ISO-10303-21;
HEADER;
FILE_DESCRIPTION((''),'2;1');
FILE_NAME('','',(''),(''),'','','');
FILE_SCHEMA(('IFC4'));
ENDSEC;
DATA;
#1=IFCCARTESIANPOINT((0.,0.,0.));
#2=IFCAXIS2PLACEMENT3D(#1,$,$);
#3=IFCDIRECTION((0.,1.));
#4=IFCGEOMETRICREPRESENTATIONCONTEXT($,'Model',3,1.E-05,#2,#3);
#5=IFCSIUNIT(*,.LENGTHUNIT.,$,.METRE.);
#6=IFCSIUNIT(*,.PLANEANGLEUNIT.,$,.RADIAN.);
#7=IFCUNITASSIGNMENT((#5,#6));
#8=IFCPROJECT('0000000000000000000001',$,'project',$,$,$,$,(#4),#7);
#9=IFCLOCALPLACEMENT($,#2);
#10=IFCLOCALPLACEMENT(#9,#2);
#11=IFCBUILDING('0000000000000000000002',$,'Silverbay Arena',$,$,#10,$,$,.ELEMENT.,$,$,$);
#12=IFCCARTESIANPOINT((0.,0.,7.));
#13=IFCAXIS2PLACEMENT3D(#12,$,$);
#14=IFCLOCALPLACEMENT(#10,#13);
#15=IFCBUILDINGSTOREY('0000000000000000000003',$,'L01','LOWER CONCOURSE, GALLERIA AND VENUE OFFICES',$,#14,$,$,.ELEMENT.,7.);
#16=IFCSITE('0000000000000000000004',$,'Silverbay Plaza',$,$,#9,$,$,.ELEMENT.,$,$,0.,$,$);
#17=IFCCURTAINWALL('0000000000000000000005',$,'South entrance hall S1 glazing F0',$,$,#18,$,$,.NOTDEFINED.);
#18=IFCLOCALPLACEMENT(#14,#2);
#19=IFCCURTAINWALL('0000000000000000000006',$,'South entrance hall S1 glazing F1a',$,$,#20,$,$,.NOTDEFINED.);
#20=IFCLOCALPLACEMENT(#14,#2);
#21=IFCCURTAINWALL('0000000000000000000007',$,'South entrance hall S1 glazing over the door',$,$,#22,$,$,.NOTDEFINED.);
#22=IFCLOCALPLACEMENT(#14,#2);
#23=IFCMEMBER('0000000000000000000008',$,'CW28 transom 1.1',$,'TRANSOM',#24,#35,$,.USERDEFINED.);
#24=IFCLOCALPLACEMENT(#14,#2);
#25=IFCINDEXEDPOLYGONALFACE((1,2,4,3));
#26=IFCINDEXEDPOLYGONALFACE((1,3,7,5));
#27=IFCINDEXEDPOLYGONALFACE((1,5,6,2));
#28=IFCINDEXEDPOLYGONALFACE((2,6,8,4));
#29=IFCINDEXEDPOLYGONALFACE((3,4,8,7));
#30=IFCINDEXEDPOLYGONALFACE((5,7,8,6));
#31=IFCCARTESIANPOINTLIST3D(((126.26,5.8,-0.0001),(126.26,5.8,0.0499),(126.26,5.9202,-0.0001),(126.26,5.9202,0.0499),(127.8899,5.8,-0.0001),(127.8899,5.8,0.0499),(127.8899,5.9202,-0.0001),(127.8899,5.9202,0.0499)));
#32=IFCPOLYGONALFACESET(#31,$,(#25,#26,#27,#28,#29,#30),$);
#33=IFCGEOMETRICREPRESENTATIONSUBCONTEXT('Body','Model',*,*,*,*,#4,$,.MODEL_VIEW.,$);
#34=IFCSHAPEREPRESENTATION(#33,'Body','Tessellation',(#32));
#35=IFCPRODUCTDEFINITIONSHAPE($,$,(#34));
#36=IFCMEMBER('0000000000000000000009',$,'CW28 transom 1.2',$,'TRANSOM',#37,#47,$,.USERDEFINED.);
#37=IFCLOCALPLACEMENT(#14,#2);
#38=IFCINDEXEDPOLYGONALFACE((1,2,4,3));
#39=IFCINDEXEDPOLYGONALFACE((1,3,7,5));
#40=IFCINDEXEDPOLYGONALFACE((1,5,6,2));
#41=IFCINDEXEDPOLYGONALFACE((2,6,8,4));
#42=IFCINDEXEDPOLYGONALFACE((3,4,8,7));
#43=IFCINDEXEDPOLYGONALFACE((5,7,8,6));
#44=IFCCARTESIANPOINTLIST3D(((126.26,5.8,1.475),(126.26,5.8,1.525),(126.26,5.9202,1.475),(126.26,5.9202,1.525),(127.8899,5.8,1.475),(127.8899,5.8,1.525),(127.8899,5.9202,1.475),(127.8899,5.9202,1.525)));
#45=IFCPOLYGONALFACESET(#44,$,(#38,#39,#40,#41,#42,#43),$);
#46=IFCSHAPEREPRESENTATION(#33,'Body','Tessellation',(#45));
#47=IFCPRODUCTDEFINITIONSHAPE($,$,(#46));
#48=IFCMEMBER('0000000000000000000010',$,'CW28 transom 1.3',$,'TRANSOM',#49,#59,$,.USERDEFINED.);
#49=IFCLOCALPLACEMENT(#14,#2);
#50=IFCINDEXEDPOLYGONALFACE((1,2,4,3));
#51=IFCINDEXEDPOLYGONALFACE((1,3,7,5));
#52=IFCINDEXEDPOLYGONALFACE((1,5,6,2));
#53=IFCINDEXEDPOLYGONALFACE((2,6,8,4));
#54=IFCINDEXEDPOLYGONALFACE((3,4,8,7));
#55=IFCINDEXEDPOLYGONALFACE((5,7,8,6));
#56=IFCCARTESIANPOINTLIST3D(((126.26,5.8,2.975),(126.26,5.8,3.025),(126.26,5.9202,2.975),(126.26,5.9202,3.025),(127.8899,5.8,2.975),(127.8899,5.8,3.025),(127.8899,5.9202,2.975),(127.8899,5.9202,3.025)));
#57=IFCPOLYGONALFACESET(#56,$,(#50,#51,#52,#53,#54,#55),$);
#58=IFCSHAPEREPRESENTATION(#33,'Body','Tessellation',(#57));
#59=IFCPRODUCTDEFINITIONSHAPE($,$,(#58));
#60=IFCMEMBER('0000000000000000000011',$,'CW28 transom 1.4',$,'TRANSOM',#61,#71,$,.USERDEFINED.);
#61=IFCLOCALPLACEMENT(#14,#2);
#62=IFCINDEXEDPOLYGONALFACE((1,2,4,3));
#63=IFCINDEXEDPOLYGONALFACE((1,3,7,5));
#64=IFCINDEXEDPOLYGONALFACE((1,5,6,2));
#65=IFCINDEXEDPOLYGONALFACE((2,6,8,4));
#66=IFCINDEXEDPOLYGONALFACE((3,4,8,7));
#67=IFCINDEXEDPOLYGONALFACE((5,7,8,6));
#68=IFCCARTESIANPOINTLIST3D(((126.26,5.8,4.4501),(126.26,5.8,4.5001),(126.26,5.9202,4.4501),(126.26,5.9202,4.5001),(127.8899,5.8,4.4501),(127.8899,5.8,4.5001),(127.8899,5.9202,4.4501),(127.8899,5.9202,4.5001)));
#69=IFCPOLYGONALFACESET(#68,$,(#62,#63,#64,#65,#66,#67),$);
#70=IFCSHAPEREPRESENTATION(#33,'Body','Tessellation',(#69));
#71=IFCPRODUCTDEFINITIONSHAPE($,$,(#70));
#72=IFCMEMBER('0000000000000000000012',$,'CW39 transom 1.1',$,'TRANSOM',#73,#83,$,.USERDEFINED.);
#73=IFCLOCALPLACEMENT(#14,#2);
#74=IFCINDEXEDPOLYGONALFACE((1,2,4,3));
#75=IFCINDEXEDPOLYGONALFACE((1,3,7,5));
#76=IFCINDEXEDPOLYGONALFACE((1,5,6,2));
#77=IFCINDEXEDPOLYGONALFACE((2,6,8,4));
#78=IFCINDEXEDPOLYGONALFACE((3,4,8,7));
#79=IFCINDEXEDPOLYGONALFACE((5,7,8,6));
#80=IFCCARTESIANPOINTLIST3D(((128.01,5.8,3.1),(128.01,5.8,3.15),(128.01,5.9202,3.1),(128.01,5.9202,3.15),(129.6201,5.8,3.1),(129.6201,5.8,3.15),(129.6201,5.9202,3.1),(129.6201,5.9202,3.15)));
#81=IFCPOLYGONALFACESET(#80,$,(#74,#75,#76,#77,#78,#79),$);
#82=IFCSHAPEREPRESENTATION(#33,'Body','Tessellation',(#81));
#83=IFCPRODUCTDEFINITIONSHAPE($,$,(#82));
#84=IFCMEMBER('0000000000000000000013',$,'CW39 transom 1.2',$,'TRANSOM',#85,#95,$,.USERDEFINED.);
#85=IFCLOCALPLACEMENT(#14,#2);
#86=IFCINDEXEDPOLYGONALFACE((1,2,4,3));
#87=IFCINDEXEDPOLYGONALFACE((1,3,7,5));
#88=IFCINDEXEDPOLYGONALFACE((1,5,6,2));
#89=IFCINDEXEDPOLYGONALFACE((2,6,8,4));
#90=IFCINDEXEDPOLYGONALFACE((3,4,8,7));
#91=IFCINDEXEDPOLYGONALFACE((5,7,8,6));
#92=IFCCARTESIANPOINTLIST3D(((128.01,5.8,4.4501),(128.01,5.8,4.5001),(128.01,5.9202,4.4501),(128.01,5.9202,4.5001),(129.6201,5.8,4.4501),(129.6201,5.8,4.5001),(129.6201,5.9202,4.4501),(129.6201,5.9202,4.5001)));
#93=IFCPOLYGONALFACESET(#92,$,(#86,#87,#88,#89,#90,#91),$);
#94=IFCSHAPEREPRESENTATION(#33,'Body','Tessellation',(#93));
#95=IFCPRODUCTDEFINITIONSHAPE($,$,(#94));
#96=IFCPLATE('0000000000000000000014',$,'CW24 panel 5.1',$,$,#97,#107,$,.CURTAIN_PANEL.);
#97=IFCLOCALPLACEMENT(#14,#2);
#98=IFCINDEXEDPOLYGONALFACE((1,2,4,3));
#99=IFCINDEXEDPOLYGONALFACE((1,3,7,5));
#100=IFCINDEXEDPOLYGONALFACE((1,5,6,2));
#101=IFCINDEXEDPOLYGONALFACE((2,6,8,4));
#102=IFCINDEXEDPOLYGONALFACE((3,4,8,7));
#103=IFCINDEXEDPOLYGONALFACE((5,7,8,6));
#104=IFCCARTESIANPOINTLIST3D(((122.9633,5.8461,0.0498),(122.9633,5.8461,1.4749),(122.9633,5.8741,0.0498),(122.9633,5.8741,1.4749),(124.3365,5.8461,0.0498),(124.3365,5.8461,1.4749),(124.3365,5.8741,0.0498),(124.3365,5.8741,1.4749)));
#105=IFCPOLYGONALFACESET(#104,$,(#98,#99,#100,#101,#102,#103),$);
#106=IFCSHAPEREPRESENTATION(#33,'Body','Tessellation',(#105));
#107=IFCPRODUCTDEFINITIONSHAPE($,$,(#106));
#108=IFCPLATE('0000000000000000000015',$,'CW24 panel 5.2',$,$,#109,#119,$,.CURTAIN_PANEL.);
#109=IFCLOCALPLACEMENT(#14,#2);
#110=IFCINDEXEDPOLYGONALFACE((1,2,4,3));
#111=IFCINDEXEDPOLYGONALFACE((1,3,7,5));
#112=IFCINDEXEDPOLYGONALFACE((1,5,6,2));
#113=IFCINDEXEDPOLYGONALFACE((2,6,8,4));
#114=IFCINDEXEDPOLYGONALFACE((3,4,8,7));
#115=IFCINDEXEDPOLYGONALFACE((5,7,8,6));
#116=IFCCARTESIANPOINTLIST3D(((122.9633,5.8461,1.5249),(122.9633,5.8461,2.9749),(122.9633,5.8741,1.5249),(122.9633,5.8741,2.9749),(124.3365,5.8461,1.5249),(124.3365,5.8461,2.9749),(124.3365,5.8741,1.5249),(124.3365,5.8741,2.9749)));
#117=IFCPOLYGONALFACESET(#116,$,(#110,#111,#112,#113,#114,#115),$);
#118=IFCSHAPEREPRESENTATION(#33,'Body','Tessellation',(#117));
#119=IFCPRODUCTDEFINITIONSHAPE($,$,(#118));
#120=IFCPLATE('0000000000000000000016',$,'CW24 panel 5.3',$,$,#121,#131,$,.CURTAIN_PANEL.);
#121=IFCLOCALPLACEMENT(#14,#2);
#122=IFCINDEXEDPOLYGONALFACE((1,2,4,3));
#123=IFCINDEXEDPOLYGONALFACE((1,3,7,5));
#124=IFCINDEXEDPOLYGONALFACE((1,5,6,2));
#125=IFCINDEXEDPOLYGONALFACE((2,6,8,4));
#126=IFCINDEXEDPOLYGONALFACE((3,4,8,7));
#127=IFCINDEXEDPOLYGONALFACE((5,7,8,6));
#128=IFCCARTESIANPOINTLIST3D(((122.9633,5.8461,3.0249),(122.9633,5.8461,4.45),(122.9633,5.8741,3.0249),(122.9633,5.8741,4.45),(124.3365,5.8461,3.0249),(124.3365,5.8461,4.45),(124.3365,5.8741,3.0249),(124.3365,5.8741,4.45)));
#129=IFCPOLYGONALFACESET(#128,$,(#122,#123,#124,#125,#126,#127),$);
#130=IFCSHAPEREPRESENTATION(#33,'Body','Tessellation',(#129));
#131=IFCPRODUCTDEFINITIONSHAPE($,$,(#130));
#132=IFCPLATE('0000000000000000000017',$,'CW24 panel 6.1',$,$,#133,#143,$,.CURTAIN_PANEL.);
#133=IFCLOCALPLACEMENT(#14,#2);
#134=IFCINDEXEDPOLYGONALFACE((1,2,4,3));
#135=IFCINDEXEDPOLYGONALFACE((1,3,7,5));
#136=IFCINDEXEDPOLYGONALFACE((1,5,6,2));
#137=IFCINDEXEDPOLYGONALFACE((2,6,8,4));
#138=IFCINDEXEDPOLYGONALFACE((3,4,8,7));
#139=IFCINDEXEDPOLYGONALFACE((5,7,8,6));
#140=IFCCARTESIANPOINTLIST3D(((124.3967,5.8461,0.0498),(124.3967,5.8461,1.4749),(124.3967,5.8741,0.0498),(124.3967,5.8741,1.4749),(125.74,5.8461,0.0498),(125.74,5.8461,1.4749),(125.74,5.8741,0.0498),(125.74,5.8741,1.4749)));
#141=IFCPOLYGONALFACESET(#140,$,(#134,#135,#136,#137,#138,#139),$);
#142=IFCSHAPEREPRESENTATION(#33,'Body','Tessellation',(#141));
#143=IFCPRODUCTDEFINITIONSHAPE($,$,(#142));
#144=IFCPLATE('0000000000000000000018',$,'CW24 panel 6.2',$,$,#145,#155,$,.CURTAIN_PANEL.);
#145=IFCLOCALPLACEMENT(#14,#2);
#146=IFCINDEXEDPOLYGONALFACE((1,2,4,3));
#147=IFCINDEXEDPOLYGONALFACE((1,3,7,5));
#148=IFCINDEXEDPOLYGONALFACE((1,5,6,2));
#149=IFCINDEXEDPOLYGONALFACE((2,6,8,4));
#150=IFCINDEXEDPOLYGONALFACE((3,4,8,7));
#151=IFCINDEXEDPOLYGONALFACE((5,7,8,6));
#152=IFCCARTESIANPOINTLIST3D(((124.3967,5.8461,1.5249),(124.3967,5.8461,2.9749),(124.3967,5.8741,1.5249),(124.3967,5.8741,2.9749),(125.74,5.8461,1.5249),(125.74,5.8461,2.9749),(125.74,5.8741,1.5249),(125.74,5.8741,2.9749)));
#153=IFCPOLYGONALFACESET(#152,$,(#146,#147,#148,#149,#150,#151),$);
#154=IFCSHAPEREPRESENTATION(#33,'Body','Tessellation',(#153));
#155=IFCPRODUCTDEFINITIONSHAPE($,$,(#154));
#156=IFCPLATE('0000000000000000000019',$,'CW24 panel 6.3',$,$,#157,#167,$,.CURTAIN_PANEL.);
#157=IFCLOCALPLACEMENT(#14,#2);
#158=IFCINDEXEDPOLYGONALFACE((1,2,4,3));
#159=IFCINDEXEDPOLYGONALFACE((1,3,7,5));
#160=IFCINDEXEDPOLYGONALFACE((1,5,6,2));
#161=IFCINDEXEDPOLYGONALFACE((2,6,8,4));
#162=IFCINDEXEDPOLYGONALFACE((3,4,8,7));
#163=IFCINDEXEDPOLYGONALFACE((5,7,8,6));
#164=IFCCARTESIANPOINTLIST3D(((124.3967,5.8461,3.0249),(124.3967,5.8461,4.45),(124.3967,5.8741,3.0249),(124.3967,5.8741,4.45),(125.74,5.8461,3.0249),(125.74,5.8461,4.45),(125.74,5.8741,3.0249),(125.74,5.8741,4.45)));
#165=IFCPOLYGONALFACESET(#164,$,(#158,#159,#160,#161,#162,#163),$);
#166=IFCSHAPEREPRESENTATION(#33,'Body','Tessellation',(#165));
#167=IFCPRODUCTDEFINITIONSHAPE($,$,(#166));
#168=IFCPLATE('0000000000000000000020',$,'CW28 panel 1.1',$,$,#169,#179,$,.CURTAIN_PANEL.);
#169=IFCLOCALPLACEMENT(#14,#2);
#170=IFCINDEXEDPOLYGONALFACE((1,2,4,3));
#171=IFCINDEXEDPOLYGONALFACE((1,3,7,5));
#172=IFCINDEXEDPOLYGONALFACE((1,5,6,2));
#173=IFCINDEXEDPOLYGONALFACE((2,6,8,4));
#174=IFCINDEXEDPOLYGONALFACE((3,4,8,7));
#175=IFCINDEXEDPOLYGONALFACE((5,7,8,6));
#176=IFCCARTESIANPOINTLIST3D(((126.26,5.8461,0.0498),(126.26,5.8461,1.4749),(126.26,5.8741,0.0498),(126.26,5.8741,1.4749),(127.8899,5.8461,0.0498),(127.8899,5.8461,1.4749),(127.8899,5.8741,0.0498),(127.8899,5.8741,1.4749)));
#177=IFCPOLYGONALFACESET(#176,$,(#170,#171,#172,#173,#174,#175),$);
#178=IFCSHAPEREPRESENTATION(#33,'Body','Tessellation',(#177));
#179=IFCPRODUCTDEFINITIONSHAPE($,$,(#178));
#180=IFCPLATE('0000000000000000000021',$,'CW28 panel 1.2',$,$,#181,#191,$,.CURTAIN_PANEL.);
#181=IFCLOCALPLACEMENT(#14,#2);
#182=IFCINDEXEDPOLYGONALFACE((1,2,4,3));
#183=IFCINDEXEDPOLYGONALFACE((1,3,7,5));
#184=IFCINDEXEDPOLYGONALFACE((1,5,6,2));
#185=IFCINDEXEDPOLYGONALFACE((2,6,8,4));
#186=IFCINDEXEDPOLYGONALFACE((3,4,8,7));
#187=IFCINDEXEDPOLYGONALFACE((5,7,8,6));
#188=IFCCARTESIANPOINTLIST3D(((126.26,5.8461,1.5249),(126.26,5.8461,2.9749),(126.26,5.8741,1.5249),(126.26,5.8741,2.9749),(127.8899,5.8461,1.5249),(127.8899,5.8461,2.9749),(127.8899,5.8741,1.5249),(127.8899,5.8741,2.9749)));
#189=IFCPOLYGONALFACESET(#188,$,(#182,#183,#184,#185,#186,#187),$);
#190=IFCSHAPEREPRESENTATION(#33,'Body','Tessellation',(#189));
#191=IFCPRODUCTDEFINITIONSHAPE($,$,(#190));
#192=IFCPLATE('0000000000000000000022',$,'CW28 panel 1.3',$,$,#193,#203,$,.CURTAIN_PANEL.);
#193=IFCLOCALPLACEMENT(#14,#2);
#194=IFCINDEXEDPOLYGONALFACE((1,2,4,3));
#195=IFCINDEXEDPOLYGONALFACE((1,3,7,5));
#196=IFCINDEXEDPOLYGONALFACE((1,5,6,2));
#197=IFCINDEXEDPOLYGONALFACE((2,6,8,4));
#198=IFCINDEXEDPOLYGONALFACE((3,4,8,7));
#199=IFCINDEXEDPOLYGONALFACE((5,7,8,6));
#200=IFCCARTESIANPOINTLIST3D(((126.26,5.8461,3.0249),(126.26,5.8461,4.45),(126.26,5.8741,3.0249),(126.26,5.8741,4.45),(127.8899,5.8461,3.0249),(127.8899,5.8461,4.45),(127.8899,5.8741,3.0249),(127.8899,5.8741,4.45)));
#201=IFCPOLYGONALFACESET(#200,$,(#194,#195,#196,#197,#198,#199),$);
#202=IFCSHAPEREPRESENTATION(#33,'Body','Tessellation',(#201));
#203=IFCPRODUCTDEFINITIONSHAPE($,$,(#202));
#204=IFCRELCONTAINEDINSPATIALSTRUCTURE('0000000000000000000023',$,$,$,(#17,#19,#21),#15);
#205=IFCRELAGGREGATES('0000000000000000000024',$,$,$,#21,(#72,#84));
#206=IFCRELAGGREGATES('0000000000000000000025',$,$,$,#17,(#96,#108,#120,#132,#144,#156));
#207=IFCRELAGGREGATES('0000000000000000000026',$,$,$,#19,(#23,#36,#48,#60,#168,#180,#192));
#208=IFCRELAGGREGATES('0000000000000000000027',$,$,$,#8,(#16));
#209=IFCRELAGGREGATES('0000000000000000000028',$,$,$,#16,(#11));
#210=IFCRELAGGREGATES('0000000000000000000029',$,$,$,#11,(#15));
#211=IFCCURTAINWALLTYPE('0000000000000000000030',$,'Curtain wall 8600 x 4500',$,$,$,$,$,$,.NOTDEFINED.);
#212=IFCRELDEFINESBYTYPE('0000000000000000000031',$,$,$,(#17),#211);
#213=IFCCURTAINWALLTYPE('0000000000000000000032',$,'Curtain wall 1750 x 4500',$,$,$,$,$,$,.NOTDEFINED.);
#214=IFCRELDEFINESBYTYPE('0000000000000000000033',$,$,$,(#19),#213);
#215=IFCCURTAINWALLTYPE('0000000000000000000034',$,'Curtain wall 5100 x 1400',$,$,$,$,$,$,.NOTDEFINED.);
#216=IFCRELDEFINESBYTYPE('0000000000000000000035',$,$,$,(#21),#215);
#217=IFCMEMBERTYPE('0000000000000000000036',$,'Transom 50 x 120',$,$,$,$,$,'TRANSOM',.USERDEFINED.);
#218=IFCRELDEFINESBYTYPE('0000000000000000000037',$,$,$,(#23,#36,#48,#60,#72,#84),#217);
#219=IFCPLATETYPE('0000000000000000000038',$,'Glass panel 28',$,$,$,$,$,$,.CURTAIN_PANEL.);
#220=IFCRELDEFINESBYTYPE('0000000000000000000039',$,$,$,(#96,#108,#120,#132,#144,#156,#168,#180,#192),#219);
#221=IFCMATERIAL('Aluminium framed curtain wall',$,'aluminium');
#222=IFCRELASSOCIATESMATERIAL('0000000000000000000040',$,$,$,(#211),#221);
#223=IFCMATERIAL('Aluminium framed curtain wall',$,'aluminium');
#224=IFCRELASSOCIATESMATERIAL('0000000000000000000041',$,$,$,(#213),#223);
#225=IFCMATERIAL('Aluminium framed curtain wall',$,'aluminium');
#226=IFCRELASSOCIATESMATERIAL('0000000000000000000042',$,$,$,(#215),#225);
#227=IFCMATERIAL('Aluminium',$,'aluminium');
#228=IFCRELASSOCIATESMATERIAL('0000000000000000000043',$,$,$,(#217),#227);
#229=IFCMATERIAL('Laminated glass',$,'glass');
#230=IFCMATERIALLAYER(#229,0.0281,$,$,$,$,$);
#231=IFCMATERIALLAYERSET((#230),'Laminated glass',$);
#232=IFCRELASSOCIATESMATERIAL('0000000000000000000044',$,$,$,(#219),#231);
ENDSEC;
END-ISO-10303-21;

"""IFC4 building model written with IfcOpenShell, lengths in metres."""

from ifc_helpers import new_model, si_unit, direction, frame, origin, origin_2d, place, context, subcontext, project, spatial, rectangle, extrude, material, layer, layer_set, material_profile, profile_set, type_object, element, aggregate, save


model = new_model("IFC4")

# Units and contexts
model_context = context("Model", 3, precision=1e-05, world=origin(), true_north=direction((0.0, 1.0)))
body_context = subcontext(model_context, "Body", "Model", "MODEL_VIEW")
ifc_project = project(units=[si_unit("LENGTHUNIT", "METRE"), si_unit("PLANEANGLEUNIT", "RADIAN")], contexts=[model_context])

# Site, building, storey
site_placement = place(None, origin())
site = spatial("IfcSite", under=ifc_project, at=site_placement, Name="Silverbay Plaza", CompositionType="ELEMENT", RefElevation=0.0)
building_placement = place(site_placement, origin())
building = spatial("IfcBuilding", under=site, at=building_placement, Name="Silverbay Arena", CompositionType="ELEMENT")
storey_placement = place(building_placement, frame((0.0, 0.0, 7.0)))
storey = spatial("IfcBuildingStorey", under=building, at=storey_placement, Name="L01", Description="LOWER CONCOURSE, GALLERIA AND VENUE OFFICES", CompositionType="ELEMENT", Elevation=7.0)

# Curtain walls
ifc_material_1 = material(Name="Aluminium framed curtain wall", Category="aluminium")
curtain_wall_type_1 = type_object("IfcCurtainWallType", Name="Curtain wall 8600 x 4500", PredefinedType="NOTDEFINED", material=ifc_material_1)
curtain_wall_1_placement = place(storey_placement, origin())
curtain_wall_1 = element("IfcCurtainWall", 1, at=curtain_wall_1_placement, inside=storey, type_object=curtain_wall_type_1, Name="South entrance hall S1 glazing F0", PredefinedType="NOTDEFINED")
ifc_material_2 = material(Name="Aluminium framed curtain wall", Category="aluminium")
curtain_wall_type_2 = type_object("IfcCurtainWallType", Name="Curtain wall 1750 x 4500", PredefinedType="NOTDEFINED", material=ifc_material_2)
curtain_wall_2_placement = place(storey_placement, origin())
curtain_wall_2 = element("IfcCurtainWall", 2, at=curtain_wall_2_placement, inside=storey, type_object=curtain_wall_type_2, Name="South entrance hall S1 glazing F1a", PredefinedType="NOTDEFINED")

# Curtain wall
ifc_material_3 = material(Name="Aluminium framed curtain wall", Category="aluminium")
curtain_wall_type_3 = type_object("IfcCurtainWallType", Name="Curtain wall 5100 x 1400", PredefinedType="NOTDEFINED", material=ifc_material_3)
curtain_wall_3_placement = place(storey_placement, origin())
curtain_wall_3 = element("IfcCurtainWall", 3, at=curtain_wall_3_placement, inside=storey, type_object=curtain_wall_type_3, Name="South entrance hall S1 glazing over the door", PredefinedType="NOTDEFINED")

# Members
ifc_material_4 = material(Name="Aluminium", Category="aluminium")
ifc_material_profile_1 = material_profile(ifc_material_4, rectangle(XDim=0.1201, YDim=0.05, at=origin_2d()), Name="Transom 50 x 120")
ifc_profile_set_1 = profile_set([ifc_material_profile_1], Name="Aluminium")
member_type_1 = type_object("IfcMemberType", Name="Transom 50 x 120", ElementType="TRANSOM", PredefinedType="USERDEFINED", material=ifc_profile_set_1)
member_1_placement = place(storey_placement, frame((126.26, 5.8601, 0.0249), z_axis=(1.0, 0.0, 0.0), x_axis=(0.0, 1.0, 0.0)))
member_1 = element("IfcMember", 4, at=member_1_placement, type_object=member_type_1, Name="CW28 transom 1.1", ObjectType="TRANSOM", PredefinedType="USERDEFINED", context=body_context, shape_type="SweptSolid", body=[
    extrude(rectangle(XDim=0.1201, YDim=0.05, at=origin_2d()), origin(), (0.0, 0.0, 1.0), 1.6299),
])
member_2_placement = place(storey_placement, frame((126.26, 5.8601, 1.5), z_axis=(1.0, 0.0, 0.0), x_axis=(0.0, 1.0, 0.0)))
member_2 = element("IfcMember", 5, at=member_2_placement, type_object=member_type_1, Name="CW28 transom 1.2", ObjectType="TRANSOM", PredefinedType="USERDEFINED", context=body_context, shape_type="SweptSolid", body=[
    extrude(rectangle(XDim=0.1201, YDim=0.05, at=origin_2d()), origin(), (0.0, 0.0, 1.0), 1.6299),
])
member_3_placement = place(storey_placement, frame((126.26, 5.8601, 3.0), z_axis=(1.0, 0.0, 0.0), x_axis=(0.0, 1.0, 0.0)))
member_3 = element("IfcMember", 6, at=member_3_placement, type_object=member_type_1, Name="CW28 transom 1.3", ObjectType="TRANSOM", PredefinedType="USERDEFINED", context=body_context, shape_type="SweptSolid", body=[
    extrude(rectangle(XDim=0.1201, YDim=0.05, at=origin_2d()), origin(), (0.0, 0.0, 1.0), 1.6299),
])
member_4_placement = place(storey_placement, frame((126.26, 5.8601, 4.4751), z_axis=(1.0, 0.0, 0.0), x_axis=(0.0, 1.0, 0.0)))
member_4 = element("IfcMember", 7, at=member_4_placement, type_object=member_type_1, Name="CW28 transom 1.4", ObjectType="TRANSOM", PredefinedType="USERDEFINED", context=body_context, shape_type="SweptSolid", body=[
    extrude(rectangle(XDim=0.1201, YDim=0.05, at=origin_2d()), origin(), (0.0, 0.0, 1.0), 1.6299),
])
member_5_placement = place(storey_placement, frame((128.01, 5.8601, 3.125), z_axis=(1.0, 0.0, 0.0), x_axis=(0.0, 1.0, 0.0)))
member_5 = element("IfcMember", 8, at=member_5_placement, type_object=member_type_1, Name="CW39 transom 1.1", ObjectType="TRANSOM", PredefinedType="USERDEFINED", context=body_context, shape_type="SweptSolid", body=[
    extrude(rectangle(XDim=0.1201, YDim=0.05, at=origin_2d()), origin(), (0.0, 0.0, 1.0), 1.6101),
])
member_6_placement = place(storey_placement, frame((128.01, 5.8601, 4.4751), z_axis=(1.0, 0.0, 0.0), x_axis=(0.0, 1.0, 0.0)))
member_6 = element("IfcMember", 9, at=member_6_placement, type_object=member_type_1, Name="CW39 transom 1.2", ObjectType="TRANSOM", PredefinedType="USERDEFINED", context=body_context, shape_type="SweptSolid", body=[
    extrude(rectangle(XDim=0.1201, YDim=0.05, at=origin_2d()), origin(), (0.0, 0.0, 1.0), 1.6101),
])
aggregate(curtain_wall_3, [member_5, member_6])

# Plates
ifc_material_5 = material(Name="Laminated glass", Category="glass")
ifc_layer_1 = layer(ifc_material_5, 0.0281)
ifc_layer_set_1 = layer_set([ifc_layer_1], Name="Laminated glass")
plate_type = type_object("IfcPlateType", Name="Glass panel 28", PredefinedType="CURTAIN_PANEL", material=ifc_layer_set_1)
plate_1_placement = place(storey_placement, frame((123.6499, 5.8601, 0.0498), z_axis=(0.0, 0.0, 1.0), x_axis=(1.0, 0.0, 0.0)))
plate_1 = element("IfcPlate", 10, at=plate_1_placement, type_object=plate_type, Name="CW24 panel 5.1", PredefinedType="CURTAIN_PANEL", context=body_context, shape_type="SweptSolid", body=[
    extrude(rectangle(XDim=1.3733, YDim=0.0281, at=origin_2d()), origin(), (0.0, 0.0, 1.0), 1.425),
])
plate_2_placement = place(storey_placement, frame((123.6499, 5.8601, 1.5249), z_axis=(0.0, 0.0, 1.0), x_axis=(1.0, 0.0, 0.0)))
plate_2 = element("IfcPlate", 11, at=plate_2_placement, type_object=plate_type, Name="CW24 panel 5.2", PredefinedType="CURTAIN_PANEL", context=body_context, shape_type="SweptSolid", body=[
    extrude(rectangle(XDim=1.3733, YDim=0.0281, at=origin_2d()), origin(), (0.0, 0.0, 1.0), 1.45),
])
plate_3_placement = place(storey_placement, frame((123.6499, 5.8601, 3.0249), z_axis=(0.0, 0.0, 1.0), x_axis=(1.0, 0.0, 0.0)))
plate_3 = element("IfcPlate", 12, at=plate_3_placement, type_object=plate_type, Name="CW24 panel 5.3", PredefinedType="CURTAIN_PANEL", context=body_context, shape_type="SweptSolid", body=[
    extrude(rectangle(XDim=1.3733, YDim=0.0281, at=origin_2d()), origin(), (0.0, 0.0, 1.0), 1.425),
])
plate_4_placement = place(storey_placement, frame((125.0684, 5.8601, 0.0498), z_axis=(0.0, 0.0, 1.0), x_axis=(1.0, 0.0, 0.0)))
plate_4 = element("IfcPlate", 13, at=plate_4_placement, type_object=plate_type, Name="CW24 panel 6.1", PredefinedType="CURTAIN_PANEL", context=body_context, shape_type="SweptSolid", body=[
    extrude(rectangle(XDim=1.3433, YDim=0.0281, at=origin_2d()), origin(), (0.0, 0.0, 1.0), 1.425),
])
plate_5_placement = place(storey_placement, frame((125.0684, 5.8601, 1.5249), z_axis=(0.0, 0.0, 1.0), x_axis=(1.0, 0.0, 0.0)))
plate_5 = element("IfcPlate", 14, at=plate_5_placement, type_object=plate_type, Name="CW24 panel 6.2", PredefinedType="CURTAIN_PANEL", context=body_context, shape_type="SweptSolid", body=[
    extrude(rectangle(XDim=1.3433, YDim=0.0281, at=origin_2d()), origin(), (0.0, 0.0, 1.0), 1.45),
])
plate_6_placement = place(storey_placement, frame((125.0684, 5.8601, 3.0249), z_axis=(0.0, 0.0, 1.0), x_axis=(1.0, 0.0, 0.0)))
plate_6 = element("IfcPlate", 15, at=plate_6_placement, type_object=plate_type, Name="CW24 panel 6.3", PredefinedType="CURTAIN_PANEL", context=body_context, shape_type="SweptSolid", body=[
    extrude(rectangle(XDim=1.3433, YDim=0.0281, at=origin_2d()), origin(), (0.0, 0.0, 1.0), 1.425),
])
aggregate(curtain_wall_1, [plate_1, plate_2, plate_3, plate_4, plate_5, plate_6])
plate_7_placement = place(storey_placement, frame((127.075, 5.8601, 0.0498), z_axis=(0.0, 0.0, 1.0), x_axis=(1.0, 0.0, 0.0)))
plate_7 = element("IfcPlate", 16, at=plate_7_placement, type_object=plate_type, Name="CW28 panel 1.1", PredefinedType="CURTAIN_PANEL", context=body_context, shape_type="SweptSolid", body=[
    extrude(rectangle(XDim=1.6299, YDim=0.0281, at=origin_2d()), origin(), (0.0, 0.0, 1.0), 1.425),
])
plate_8_placement = place(storey_placement, frame((127.075, 5.8601, 1.5249), z_axis=(0.0, 0.0, 1.0), x_axis=(1.0, 0.0, 0.0)))
plate_8 = element("IfcPlate", 17, at=plate_8_placement, type_object=plate_type, Name="CW28 panel 1.2", PredefinedType="CURTAIN_PANEL", context=body_context, shape_type="SweptSolid", body=[
    extrude(rectangle(XDim=1.6299, YDim=0.0281, at=origin_2d()), origin(), (0.0, 0.0, 1.0), 1.45),
])
plate_9_placement = place(storey_placement, frame((127.075, 5.8601, 3.0249), z_axis=(0.0, 0.0, 1.0), x_axis=(1.0, 0.0, 0.0)))
plate_9 = element("IfcPlate", 18, at=plate_9_placement, type_object=plate_type, Name="CW28 panel 1.3", PredefinedType="CURTAIN_PANEL", context=body_context, shape_type="SweptSolid", body=[
    extrude(rectangle(XDim=1.6299, YDim=0.0281, at=origin_2d()), origin(), (0.0, 0.0, 1.0), 1.425),
])
aggregate(curtain_wall_2, [member_1, member_2, member_3, member_4, plate_7, plate_8, plate_9])

save(model, "model.ifc")
